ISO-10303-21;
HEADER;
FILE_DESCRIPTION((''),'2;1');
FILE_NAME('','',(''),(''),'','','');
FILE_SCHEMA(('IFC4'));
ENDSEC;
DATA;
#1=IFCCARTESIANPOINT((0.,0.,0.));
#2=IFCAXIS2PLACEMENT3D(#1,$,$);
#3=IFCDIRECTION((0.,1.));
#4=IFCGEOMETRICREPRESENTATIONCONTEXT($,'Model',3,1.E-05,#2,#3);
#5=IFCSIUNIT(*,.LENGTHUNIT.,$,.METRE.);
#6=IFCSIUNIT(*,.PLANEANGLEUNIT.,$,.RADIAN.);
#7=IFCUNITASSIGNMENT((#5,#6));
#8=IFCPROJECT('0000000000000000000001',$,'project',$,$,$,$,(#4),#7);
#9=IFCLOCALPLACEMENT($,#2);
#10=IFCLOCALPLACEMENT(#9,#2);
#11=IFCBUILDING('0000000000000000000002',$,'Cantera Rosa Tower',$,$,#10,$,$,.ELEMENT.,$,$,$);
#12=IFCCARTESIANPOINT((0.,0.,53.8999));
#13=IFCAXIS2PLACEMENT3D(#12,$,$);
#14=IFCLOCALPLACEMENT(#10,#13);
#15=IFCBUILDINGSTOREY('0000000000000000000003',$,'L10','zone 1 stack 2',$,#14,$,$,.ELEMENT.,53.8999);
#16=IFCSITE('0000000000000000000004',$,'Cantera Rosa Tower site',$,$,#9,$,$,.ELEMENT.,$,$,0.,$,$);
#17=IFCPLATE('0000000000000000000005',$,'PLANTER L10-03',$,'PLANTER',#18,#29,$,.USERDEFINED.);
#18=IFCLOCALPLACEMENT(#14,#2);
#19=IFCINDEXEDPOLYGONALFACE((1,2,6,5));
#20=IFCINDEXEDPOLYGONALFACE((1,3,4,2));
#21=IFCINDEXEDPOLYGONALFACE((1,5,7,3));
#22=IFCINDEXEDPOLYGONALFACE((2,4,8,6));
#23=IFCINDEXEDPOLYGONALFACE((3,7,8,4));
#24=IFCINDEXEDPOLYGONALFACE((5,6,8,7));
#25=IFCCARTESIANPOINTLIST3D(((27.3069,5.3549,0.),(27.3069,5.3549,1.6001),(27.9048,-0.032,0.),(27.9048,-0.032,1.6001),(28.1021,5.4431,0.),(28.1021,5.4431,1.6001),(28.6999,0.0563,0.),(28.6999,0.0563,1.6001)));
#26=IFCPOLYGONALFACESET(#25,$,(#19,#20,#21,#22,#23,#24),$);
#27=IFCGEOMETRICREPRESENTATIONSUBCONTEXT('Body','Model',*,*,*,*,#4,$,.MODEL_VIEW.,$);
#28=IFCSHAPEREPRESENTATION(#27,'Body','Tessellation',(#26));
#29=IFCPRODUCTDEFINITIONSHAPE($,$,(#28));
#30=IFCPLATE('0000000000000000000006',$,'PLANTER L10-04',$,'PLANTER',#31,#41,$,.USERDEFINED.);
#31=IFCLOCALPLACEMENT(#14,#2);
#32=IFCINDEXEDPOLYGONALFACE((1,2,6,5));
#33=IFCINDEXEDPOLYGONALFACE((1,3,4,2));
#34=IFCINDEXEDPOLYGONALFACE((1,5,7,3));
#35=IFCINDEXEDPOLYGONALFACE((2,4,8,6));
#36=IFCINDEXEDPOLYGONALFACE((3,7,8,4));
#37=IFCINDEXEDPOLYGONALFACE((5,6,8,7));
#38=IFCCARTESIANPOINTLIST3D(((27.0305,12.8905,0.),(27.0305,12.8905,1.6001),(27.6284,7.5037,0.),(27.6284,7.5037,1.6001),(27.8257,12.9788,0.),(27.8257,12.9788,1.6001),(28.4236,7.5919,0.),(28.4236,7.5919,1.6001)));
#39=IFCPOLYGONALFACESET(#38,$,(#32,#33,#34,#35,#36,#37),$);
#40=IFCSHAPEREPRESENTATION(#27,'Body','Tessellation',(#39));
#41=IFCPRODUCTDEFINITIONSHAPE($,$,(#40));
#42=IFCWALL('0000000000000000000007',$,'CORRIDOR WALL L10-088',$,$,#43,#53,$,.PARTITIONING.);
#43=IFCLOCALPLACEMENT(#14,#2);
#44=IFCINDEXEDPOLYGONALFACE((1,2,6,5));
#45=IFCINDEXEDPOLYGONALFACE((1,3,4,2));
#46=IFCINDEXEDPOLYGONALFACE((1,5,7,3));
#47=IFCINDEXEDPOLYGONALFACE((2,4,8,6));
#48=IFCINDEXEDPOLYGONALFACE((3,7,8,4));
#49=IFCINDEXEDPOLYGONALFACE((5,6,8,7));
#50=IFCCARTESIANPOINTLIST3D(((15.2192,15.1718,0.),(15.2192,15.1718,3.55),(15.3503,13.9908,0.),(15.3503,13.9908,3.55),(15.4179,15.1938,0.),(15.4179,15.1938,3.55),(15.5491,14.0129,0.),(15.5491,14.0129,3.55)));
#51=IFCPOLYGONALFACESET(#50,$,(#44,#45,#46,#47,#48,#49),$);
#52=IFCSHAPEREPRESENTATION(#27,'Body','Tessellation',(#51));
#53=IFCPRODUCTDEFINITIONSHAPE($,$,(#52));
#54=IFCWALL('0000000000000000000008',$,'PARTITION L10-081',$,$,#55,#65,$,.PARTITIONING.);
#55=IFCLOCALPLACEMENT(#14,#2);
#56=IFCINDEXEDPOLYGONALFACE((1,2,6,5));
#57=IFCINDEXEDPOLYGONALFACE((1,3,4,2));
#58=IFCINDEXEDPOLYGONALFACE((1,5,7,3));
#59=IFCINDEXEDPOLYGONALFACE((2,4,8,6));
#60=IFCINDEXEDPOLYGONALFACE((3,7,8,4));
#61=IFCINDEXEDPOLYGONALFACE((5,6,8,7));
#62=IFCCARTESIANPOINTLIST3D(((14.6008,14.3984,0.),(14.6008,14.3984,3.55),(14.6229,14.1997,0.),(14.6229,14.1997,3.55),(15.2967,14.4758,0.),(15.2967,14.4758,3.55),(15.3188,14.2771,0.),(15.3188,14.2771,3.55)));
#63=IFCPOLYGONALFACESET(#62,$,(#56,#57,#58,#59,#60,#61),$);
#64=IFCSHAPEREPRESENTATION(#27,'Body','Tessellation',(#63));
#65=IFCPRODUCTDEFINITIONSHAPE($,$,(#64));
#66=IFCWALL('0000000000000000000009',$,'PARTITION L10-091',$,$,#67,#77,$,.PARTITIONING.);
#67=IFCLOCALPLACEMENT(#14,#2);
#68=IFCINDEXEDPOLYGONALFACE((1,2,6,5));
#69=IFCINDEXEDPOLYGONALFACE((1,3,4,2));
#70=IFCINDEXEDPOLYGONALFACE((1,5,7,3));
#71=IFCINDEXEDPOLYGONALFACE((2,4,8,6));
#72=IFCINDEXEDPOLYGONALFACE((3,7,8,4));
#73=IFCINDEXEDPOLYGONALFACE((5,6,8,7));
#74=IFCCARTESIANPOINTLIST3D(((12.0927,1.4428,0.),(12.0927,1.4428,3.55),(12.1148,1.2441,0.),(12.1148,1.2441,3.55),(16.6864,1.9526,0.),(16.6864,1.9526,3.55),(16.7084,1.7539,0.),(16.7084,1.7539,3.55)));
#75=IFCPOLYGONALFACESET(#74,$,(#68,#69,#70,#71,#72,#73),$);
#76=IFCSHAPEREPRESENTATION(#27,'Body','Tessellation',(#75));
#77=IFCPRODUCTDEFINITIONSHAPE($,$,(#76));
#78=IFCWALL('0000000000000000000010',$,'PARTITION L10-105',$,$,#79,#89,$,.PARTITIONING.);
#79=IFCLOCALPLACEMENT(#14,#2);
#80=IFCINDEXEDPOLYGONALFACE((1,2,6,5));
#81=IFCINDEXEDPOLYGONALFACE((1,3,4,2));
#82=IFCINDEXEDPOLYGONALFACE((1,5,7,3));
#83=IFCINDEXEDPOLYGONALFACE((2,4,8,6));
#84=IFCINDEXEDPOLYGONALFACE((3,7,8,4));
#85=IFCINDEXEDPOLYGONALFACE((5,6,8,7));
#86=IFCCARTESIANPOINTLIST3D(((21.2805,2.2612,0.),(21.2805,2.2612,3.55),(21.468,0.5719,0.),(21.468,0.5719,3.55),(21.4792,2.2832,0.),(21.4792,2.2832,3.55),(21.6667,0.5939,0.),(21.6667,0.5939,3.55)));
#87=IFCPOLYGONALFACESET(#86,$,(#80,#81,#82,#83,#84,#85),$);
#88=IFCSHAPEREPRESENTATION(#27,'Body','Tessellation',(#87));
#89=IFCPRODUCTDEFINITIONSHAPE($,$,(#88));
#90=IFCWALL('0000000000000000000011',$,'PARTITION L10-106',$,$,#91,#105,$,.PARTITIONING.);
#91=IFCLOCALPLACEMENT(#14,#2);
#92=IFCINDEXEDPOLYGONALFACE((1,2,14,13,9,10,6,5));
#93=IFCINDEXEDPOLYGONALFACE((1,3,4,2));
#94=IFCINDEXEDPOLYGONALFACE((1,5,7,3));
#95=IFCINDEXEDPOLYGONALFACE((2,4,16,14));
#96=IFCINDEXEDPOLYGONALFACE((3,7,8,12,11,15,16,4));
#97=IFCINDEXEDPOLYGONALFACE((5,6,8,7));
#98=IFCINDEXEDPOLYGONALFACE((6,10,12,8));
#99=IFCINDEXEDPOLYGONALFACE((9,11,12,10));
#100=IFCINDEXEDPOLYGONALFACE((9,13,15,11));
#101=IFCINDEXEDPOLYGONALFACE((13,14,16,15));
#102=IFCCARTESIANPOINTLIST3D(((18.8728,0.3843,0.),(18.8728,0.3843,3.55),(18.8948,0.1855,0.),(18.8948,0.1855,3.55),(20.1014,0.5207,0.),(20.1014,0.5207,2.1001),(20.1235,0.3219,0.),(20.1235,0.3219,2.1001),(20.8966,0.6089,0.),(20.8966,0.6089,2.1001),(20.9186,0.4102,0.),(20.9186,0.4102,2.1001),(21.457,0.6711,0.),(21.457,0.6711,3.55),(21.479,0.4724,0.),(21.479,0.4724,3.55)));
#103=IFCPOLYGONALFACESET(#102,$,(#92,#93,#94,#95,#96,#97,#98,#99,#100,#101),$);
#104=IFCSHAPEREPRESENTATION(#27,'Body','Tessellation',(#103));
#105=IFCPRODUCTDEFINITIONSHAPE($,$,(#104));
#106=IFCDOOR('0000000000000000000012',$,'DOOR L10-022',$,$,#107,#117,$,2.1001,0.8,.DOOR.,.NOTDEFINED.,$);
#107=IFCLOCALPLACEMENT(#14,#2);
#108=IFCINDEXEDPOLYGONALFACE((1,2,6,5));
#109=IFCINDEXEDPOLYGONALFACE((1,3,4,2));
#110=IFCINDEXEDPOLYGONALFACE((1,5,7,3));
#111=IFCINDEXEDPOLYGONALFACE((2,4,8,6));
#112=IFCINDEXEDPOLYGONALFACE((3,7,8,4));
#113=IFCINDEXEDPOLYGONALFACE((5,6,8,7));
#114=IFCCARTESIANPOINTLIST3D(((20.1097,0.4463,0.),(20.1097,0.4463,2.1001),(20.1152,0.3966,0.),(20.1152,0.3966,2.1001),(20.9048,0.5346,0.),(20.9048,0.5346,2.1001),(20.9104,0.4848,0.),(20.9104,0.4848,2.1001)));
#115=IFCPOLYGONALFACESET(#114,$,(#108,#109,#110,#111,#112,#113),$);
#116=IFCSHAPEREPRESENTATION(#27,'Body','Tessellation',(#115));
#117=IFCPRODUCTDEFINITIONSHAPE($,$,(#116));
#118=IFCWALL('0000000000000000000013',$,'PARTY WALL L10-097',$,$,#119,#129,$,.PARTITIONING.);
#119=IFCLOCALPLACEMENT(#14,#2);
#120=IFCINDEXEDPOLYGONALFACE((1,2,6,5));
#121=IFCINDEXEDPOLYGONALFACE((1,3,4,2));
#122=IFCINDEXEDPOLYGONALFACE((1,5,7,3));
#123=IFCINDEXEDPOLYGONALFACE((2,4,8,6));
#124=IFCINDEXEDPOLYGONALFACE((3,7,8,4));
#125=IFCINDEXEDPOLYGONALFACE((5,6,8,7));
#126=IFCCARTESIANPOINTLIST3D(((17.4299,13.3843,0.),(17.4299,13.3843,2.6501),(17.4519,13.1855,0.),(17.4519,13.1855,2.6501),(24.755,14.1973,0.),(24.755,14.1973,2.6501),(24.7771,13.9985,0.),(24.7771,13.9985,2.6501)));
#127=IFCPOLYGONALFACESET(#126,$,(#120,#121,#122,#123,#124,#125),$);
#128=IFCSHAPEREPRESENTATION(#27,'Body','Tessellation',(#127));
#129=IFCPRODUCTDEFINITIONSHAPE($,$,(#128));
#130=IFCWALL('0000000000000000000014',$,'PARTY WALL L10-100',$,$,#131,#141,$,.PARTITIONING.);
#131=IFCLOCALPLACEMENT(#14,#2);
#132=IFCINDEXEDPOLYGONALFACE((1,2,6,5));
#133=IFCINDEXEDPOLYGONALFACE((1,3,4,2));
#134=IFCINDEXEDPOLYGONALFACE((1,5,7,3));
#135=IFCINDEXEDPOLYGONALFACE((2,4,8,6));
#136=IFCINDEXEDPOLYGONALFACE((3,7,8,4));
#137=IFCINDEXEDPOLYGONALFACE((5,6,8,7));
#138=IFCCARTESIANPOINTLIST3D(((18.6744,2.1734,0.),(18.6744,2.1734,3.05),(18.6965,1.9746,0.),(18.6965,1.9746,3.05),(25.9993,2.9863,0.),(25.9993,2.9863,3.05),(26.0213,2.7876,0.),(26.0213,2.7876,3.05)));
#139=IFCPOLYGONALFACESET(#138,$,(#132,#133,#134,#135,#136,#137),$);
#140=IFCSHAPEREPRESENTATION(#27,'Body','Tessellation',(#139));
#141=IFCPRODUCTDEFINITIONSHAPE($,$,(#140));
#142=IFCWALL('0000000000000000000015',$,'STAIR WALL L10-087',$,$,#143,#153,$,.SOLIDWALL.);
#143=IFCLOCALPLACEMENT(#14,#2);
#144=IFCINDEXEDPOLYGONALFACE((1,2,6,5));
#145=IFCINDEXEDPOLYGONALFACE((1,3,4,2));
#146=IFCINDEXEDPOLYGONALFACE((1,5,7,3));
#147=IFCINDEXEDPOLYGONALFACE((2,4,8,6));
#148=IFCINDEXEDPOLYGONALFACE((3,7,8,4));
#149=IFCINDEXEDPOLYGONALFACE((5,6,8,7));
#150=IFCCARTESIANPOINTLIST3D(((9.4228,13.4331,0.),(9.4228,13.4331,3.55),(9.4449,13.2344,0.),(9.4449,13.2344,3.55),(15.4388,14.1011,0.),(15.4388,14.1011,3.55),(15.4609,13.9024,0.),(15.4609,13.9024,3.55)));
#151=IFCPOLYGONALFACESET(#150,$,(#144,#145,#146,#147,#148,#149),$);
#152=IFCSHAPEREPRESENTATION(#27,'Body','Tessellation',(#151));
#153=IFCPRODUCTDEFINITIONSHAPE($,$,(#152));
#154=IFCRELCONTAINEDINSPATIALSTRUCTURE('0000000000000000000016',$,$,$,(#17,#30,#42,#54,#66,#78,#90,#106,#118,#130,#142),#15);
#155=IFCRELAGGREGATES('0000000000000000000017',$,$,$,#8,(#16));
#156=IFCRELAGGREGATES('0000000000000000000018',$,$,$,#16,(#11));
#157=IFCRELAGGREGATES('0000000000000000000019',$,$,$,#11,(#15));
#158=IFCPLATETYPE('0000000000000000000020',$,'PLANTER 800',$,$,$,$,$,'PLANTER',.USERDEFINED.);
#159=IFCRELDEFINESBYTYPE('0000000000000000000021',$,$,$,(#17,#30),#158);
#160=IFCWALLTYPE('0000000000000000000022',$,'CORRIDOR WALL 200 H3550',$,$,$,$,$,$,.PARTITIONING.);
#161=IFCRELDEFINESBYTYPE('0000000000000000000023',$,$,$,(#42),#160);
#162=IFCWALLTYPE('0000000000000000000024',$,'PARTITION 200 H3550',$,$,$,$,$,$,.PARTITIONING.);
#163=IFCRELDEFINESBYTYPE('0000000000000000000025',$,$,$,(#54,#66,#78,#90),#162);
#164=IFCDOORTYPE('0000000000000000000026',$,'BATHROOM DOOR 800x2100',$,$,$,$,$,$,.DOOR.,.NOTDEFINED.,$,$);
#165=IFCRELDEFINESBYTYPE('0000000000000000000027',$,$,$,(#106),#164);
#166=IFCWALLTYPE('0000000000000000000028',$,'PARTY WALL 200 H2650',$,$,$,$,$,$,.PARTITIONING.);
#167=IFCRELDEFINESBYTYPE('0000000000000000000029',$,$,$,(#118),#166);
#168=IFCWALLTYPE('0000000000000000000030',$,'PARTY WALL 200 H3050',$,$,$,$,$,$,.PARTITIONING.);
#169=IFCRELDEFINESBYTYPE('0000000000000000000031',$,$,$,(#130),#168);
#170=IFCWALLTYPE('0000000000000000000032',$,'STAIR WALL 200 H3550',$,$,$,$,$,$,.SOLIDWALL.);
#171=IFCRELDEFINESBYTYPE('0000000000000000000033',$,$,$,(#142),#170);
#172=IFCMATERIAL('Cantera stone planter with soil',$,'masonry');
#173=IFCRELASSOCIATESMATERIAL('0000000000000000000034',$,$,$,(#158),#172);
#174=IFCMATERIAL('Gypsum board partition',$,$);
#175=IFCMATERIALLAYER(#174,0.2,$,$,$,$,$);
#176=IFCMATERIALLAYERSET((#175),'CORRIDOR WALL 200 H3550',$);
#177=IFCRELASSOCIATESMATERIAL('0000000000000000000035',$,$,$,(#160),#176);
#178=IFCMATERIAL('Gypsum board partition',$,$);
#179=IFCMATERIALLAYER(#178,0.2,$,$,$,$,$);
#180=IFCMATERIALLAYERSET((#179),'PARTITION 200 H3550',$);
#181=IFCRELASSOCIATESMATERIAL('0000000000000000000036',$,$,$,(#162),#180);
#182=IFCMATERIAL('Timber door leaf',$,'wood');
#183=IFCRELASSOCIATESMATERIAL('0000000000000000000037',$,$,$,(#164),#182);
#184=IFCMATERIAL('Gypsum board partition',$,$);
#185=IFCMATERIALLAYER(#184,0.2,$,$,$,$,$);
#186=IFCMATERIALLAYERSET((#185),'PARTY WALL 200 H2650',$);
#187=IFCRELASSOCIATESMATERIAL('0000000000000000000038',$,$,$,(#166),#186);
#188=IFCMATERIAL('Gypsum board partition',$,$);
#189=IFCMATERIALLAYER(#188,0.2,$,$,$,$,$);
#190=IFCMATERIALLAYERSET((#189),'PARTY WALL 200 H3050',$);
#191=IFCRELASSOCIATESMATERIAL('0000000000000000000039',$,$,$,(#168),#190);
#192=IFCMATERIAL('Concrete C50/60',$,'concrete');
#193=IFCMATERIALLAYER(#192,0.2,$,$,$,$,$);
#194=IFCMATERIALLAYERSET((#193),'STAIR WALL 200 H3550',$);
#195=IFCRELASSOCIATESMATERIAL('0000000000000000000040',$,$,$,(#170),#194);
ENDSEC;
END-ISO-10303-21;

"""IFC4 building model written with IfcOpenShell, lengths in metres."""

from ifc_helpers import new_model, si_unit, direction, frame, frame_2d, origin, origin_2d, place, context, subcontext, project, spatial, rectangle, extrude, material, layer, layer_set, type_object, element, fill, save


model = new_model("IFC4")

# Units and contexts
model_context = context("Model", 3, precision=1e-05, world=origin(), true_north=direction((0.0, 1.0)))
body_context = subcontext(model_context, "Body", "Model", "MODEL_VIEW")
ifc_project = project(units=[si_unit("LENGTHUNIT", "METRE"), si_unit("PLANEANGLEUNIT", "RADIAN")], contexts=[model_context])

# Site, building, storey
site_placement = place(None, origin())
site = spatial("IfcSite", under=ifc_project, at=site_placement, Name="Cantera Rosa Tower site", CompositionType="ELEMENT", RefElevation=0.0)
building_placement = place(site_placement, origin())
building = spatial("IfcBuilding", under=site, at=building_placement, Name="Cantera Rosa Tower", CompositionType="ELEMENT")
storey_placement = place(building_placement, frame((0.0, 0.0, 53.8999)))
storey = spatial("IfcBuildingStorey", under=building, at=storey_placement, Name="L10", Description="zone 1 stack 2", CompositionType="ELEMENT", Elevation=53.8999)

# Plates
ifc_material_1 = material(Name="Cantera stone planter with soil", Category="masonry")
plate_type = type_object("IfcPlateType", Name="PLANTER 800", ElementType="PLANTER", PredefinedType="USERDEFINED", material=ifc_material_1)
for number, where, z_axis, x_axis, name in (
    (1, (28.0034, 2.7056, 0.0), (0.0, 0.0, 1.0), (-0.110313, 0.993897, 0.0), "PLANTER L10-03"),
    (2, (27.7271, 10.2412, 0.0), (0.0, 0.0, 1.0), (-0.110313, 0.993897, 0.0), "PLANTER L10-04"),
):
    element("IfcPlate", number, at=place(storey_placement, frame(where, z_axis=z_axis, x_axis=x_axis)), inside=storey, type_object=plate_type, Name=name, ObjectType="PLANTER", PredefinedType="USERDEFINED", context=body_context, shape_type="SweptSolid", body=[
        extrude(rectangle(XDim=5.4199, YDim=0.8, at=origin_2d()), origin(), (0.0, 0.0, 1.0), 1.6001),
    ])

# Wall
ifc_material_2 = material(Name="Gypsum board partition")
ifc_layer_1 = layer(ifc_material_2, 0.2)
ifc_layer_set_1 = layer_set([ifc_layer_1], Name="CORRIDOR WALL 200 H3550")
wall_type_1 = type_object("IfcWallType", Name="CORRIDOR WALL 200 H3550", PredefinedType="PARTITIONING", material=ifc_layer_set_1)
wall_1_placement = place(storey_placement, frame((15.4497, 14.0017, 0.0), z_axis=(0.0, 0.0, 1.0), x_axis=(-0.110341, 0.993894, 0.0)))
element("IfcWall", 3, at=wall_1_placement, inside=storey, type_object=wall_type_1, Name="CORRIDOR WALL L10-088", PredefinedType="PARTITIONING", context=body_context, shape_type="SweptSolid", body=[
    extrude(rectangle(XDim=1.1882, YDim=0.2, at=frame_2d((0.5942, 0.0))), origin(), (0.0, 0.0, 1.0), 3.55),
])

# Walls
ifc_material_3 = material(Name="Gypsum board partition")
ifc_layer_2 = layer(ifc_material_3, 0.2)
ifc_layer_set_2 = layer_set([ifc_layer_2], Name="PARTITION 200 H3550")
wall_type_2 = type_object("IfcWallType", Name="PARTITION 200 H3550", PredefinedType="PARTITIONING", material=ifc_layer_set_2)
wall_2_placement = place(storey_placement, frame((14.6118, 14.2991, 0.0), z_axis=(0.0, 0.0, 1.0), x_axis=(0.993871, 0.110546, 0.0)))
element("IfcWall", 4, at=wall_2_placement, inside=storey, type_object=wall_type_2, Name="PARTITION L10-081", PredefinedType="PARTITIONING", context=body_context, shape_type="SweptSolid", body=[
    extrude(rectangle(XDim=0.7002, YDim=0.2, at=frame_2d((0.3501, 0.0))), origin(), (0.0, 0.0, 1.0), 3.55),
])
wall_3_placement = place(storey_placement, frame((16.6975, 1.8533, 0.0), z_axis=(0.0, 0.0, 1.0), x_axis=(-0.993899, -0.110298, 0.0)))
element("IfcWall", 5, at=wall_3_placement, inside=storey, type_object=wall_type_2, Name="PARTITION L10-091", PredefinedType="PARTITIONING", context=body_context, shape_type="SweptSolid", body=[
    extrude(rectangle(XDim=4.6218, YDim=0.2, at=frame_2d((2.311, 0.0))), origin(), (0.0, 0.0, 1.0), 3.55),
])
wall_4_placement = place(storey_placement, frame((21.3799, 2.2722, 0.0), z_axis=(0.0, 0.0, 1.0), x_axis=(0.110305, -0.993898, 0.0)))
element("IfcWall", 6, at=wall_4_placement, inside=storey, type_object=wall_type_2, Name="PARTITION L10-105", PredefinedType="PARTITIONING", context=body_context, shape_type="SweptSolid", body=[
    extrude(rectangle(XDim=1.6997, YDim=0.2, at=frame_2d((0.8499, 0.0))), origin(), (0.0, 0.0, 1.0), 3.55),
])

# Wall, opening, door
wall_5_placement = place(storey_placement, frame((21.468, 0.5718, 0.0), z_axis=(0.0, 0.0, 1.0), x_axis=(-0.993895, -0.110328, 0.0)))
wall_5 = element("IfcWall", 7, at=wall_5_placement, inside=storey, type_object=wall_type_2, Name="PARTITION L10-106", PredefinedType="PARTITIONING", context=body_context, shape_type="SweptSolid", body=[
    extrude(rectangle(XDim=2.6001, YDim=0.2, at=frame_2d((1.3, 0.0))), origin(), (0.0, 0.0, 1.0), 3.55),
])
opening_1_placement = place(wall_5_placement, frame((0.564, 0.0, 0.0)))
opening_1 = element("IfcOpeningElement", 8, at=opening_1_placement, cuts=wall_5, PredefinedType="OPENING", context=body_context, shape_type="SweptSolid", body=[
    extrude(rectangle(XDim=0.8, YDim=2.1001, at=frame_2d((0.3999, 1.05))), frame((0.0, 0.1099, 0.0), z_axis=(0.0, -1.0, 0.0), x_axis=(1.0, 0.0, 0.0)), (0.0, 0.0, 1.0), 0.22),
])
ifc_material_4 = material(Name="Timber door leaf", Category="wood")
door_type_1 = type_object("IfcDoorType", Name="BATHROOM DOOR 800x2100", OperationType="NOTDEFINED", PredefinedType="DOOR", material=ifc_material_4)
door_1_placement = place(opening_1_placement, origin())
door_1 = element("IfcDoor", 9, at=door_1_placement, inside=storey, type_object=door_type_1, Name="DOOR L10-022", OperationType="NOTDEFINED", OverallHeight=2.1001, OverallWidth=0.8, PredefinedType="DOOR", context=body_context, shape_type="SweptSolid", body=[
    extrude(rectangle(XDim=0.8, YDim=2.1001, at=frame_2d((0.3999, 1.05))), frame((0.0, 0.0249, 0.0), z_axis=(0.0, -1.0, 0.0), x_axis=(1.0, 0.0, 0.0)), (0.0, 0.0, 1.0), 0.05),
])
fill(opening_1, door_1)

# Walls
ifc_material_5 = material(Name="Gypsum board partition")
ifc_layer_3 = layer(ifc_material_5, 0.2)
ifc_layer_set_3 = layer_set([ifc_layer_3], Name="PARTY WALL 200 H2650")
wall_type_3 = type_object("IfcWallType", Name="PARTY WALL 200 H2650", PredefinedType="PARTITIONING", material=ifc_layer_set_3)
wall_6_placement = place(storey_placement, frame((17.4409, 13.2849, 0.0), z_axis=(0.0, 0.0, 1.0), x_axis=(0.993897, 0.110308, 0.0)))
element("IfcWall", 10, at=wall_6_placement, inside=storey, type_object=wall_type_3, Name="PARTY WALL L10-097", PredefinedType="PARTITIONING", context=body_context, shape_type="SweptSolid", body=[
    extrude(rectangle(XDim=7.3701, YDim=0.2, at=frame_2d((3.6851, 0.0))), origin(), (0.0, 0.0, 1.0), 2.6501),
])
ifc_material_6 = material(Name="Gypsum board partition")
ifc_layer_4 = layer(ifc_material_6, 0.2)
ifc_layer_set_4 = layer_set([ifc_layer_4], Name="PARTY WALL 200 H3050")
wall_type_4 = type_object("IfcWallType", Name="PARTY WALL 200 H3050", PredefinedType="PARTITIONING", material=ifc_layer_set_4)
wall_7_placement = place(storey_placement, frame((18.6853, 2.074, 0.0), z_axis=(0.0, 0.0, 1.0), x_axis=(0.993897, 0.110312, 0.0)))
element("IfcWall", 11, at=wall_7_placement, inside=storey, type_object=wall_type_4, Name="PARTY WALL L10-100", PredefinedType="PARTITIONING", context=body_context, shape_type="SweptSolid", body=[
    extrude(rectangle(XDim=7.3699, YDim=0.2, at=frame_2d((3.6851, 0.0))), origin(), (0.0, 0.0, 1.0), 3.05),
])
ifc_material_7 = material(Name="Concrete C50/60", Category="concrete")
ifc_layer_5 = layer(ifc_material_7, 0.2)
ifc_layer_set_5 = layer_set([ifc_layer_5], Name="STAIR WALL 200 H3550")
wall_type_5 = type_object("IfcWallType", Name="STAIR WALL 200 H3550", PredefinedType="SOLIDWALL", material=ifc_layer_set_5)
wall_8_placement = place(storey_placement, frame((15.4497, 14.0017, 0.0), z_axis=(0.0, 0.0, 1.0), x_axis=(-0.993893, -0.110352, 0.0)))
element("IfcWall", 12, at=wall_8_placement, inside=storey, type_object=wall_type_5, Name="STAIR WALL L10-087", PredefinedType="SOLIDWALL", context=body_context, shape_type="SweptSolid", body=[
    extrude(rectangle(XDim=6.053, YDim=0.2, at=frame_2d((3.0264, 0.0))), origin(), (0.0, 0.0, 1.0), 3.55),
])

save(model, "model.ifc")
